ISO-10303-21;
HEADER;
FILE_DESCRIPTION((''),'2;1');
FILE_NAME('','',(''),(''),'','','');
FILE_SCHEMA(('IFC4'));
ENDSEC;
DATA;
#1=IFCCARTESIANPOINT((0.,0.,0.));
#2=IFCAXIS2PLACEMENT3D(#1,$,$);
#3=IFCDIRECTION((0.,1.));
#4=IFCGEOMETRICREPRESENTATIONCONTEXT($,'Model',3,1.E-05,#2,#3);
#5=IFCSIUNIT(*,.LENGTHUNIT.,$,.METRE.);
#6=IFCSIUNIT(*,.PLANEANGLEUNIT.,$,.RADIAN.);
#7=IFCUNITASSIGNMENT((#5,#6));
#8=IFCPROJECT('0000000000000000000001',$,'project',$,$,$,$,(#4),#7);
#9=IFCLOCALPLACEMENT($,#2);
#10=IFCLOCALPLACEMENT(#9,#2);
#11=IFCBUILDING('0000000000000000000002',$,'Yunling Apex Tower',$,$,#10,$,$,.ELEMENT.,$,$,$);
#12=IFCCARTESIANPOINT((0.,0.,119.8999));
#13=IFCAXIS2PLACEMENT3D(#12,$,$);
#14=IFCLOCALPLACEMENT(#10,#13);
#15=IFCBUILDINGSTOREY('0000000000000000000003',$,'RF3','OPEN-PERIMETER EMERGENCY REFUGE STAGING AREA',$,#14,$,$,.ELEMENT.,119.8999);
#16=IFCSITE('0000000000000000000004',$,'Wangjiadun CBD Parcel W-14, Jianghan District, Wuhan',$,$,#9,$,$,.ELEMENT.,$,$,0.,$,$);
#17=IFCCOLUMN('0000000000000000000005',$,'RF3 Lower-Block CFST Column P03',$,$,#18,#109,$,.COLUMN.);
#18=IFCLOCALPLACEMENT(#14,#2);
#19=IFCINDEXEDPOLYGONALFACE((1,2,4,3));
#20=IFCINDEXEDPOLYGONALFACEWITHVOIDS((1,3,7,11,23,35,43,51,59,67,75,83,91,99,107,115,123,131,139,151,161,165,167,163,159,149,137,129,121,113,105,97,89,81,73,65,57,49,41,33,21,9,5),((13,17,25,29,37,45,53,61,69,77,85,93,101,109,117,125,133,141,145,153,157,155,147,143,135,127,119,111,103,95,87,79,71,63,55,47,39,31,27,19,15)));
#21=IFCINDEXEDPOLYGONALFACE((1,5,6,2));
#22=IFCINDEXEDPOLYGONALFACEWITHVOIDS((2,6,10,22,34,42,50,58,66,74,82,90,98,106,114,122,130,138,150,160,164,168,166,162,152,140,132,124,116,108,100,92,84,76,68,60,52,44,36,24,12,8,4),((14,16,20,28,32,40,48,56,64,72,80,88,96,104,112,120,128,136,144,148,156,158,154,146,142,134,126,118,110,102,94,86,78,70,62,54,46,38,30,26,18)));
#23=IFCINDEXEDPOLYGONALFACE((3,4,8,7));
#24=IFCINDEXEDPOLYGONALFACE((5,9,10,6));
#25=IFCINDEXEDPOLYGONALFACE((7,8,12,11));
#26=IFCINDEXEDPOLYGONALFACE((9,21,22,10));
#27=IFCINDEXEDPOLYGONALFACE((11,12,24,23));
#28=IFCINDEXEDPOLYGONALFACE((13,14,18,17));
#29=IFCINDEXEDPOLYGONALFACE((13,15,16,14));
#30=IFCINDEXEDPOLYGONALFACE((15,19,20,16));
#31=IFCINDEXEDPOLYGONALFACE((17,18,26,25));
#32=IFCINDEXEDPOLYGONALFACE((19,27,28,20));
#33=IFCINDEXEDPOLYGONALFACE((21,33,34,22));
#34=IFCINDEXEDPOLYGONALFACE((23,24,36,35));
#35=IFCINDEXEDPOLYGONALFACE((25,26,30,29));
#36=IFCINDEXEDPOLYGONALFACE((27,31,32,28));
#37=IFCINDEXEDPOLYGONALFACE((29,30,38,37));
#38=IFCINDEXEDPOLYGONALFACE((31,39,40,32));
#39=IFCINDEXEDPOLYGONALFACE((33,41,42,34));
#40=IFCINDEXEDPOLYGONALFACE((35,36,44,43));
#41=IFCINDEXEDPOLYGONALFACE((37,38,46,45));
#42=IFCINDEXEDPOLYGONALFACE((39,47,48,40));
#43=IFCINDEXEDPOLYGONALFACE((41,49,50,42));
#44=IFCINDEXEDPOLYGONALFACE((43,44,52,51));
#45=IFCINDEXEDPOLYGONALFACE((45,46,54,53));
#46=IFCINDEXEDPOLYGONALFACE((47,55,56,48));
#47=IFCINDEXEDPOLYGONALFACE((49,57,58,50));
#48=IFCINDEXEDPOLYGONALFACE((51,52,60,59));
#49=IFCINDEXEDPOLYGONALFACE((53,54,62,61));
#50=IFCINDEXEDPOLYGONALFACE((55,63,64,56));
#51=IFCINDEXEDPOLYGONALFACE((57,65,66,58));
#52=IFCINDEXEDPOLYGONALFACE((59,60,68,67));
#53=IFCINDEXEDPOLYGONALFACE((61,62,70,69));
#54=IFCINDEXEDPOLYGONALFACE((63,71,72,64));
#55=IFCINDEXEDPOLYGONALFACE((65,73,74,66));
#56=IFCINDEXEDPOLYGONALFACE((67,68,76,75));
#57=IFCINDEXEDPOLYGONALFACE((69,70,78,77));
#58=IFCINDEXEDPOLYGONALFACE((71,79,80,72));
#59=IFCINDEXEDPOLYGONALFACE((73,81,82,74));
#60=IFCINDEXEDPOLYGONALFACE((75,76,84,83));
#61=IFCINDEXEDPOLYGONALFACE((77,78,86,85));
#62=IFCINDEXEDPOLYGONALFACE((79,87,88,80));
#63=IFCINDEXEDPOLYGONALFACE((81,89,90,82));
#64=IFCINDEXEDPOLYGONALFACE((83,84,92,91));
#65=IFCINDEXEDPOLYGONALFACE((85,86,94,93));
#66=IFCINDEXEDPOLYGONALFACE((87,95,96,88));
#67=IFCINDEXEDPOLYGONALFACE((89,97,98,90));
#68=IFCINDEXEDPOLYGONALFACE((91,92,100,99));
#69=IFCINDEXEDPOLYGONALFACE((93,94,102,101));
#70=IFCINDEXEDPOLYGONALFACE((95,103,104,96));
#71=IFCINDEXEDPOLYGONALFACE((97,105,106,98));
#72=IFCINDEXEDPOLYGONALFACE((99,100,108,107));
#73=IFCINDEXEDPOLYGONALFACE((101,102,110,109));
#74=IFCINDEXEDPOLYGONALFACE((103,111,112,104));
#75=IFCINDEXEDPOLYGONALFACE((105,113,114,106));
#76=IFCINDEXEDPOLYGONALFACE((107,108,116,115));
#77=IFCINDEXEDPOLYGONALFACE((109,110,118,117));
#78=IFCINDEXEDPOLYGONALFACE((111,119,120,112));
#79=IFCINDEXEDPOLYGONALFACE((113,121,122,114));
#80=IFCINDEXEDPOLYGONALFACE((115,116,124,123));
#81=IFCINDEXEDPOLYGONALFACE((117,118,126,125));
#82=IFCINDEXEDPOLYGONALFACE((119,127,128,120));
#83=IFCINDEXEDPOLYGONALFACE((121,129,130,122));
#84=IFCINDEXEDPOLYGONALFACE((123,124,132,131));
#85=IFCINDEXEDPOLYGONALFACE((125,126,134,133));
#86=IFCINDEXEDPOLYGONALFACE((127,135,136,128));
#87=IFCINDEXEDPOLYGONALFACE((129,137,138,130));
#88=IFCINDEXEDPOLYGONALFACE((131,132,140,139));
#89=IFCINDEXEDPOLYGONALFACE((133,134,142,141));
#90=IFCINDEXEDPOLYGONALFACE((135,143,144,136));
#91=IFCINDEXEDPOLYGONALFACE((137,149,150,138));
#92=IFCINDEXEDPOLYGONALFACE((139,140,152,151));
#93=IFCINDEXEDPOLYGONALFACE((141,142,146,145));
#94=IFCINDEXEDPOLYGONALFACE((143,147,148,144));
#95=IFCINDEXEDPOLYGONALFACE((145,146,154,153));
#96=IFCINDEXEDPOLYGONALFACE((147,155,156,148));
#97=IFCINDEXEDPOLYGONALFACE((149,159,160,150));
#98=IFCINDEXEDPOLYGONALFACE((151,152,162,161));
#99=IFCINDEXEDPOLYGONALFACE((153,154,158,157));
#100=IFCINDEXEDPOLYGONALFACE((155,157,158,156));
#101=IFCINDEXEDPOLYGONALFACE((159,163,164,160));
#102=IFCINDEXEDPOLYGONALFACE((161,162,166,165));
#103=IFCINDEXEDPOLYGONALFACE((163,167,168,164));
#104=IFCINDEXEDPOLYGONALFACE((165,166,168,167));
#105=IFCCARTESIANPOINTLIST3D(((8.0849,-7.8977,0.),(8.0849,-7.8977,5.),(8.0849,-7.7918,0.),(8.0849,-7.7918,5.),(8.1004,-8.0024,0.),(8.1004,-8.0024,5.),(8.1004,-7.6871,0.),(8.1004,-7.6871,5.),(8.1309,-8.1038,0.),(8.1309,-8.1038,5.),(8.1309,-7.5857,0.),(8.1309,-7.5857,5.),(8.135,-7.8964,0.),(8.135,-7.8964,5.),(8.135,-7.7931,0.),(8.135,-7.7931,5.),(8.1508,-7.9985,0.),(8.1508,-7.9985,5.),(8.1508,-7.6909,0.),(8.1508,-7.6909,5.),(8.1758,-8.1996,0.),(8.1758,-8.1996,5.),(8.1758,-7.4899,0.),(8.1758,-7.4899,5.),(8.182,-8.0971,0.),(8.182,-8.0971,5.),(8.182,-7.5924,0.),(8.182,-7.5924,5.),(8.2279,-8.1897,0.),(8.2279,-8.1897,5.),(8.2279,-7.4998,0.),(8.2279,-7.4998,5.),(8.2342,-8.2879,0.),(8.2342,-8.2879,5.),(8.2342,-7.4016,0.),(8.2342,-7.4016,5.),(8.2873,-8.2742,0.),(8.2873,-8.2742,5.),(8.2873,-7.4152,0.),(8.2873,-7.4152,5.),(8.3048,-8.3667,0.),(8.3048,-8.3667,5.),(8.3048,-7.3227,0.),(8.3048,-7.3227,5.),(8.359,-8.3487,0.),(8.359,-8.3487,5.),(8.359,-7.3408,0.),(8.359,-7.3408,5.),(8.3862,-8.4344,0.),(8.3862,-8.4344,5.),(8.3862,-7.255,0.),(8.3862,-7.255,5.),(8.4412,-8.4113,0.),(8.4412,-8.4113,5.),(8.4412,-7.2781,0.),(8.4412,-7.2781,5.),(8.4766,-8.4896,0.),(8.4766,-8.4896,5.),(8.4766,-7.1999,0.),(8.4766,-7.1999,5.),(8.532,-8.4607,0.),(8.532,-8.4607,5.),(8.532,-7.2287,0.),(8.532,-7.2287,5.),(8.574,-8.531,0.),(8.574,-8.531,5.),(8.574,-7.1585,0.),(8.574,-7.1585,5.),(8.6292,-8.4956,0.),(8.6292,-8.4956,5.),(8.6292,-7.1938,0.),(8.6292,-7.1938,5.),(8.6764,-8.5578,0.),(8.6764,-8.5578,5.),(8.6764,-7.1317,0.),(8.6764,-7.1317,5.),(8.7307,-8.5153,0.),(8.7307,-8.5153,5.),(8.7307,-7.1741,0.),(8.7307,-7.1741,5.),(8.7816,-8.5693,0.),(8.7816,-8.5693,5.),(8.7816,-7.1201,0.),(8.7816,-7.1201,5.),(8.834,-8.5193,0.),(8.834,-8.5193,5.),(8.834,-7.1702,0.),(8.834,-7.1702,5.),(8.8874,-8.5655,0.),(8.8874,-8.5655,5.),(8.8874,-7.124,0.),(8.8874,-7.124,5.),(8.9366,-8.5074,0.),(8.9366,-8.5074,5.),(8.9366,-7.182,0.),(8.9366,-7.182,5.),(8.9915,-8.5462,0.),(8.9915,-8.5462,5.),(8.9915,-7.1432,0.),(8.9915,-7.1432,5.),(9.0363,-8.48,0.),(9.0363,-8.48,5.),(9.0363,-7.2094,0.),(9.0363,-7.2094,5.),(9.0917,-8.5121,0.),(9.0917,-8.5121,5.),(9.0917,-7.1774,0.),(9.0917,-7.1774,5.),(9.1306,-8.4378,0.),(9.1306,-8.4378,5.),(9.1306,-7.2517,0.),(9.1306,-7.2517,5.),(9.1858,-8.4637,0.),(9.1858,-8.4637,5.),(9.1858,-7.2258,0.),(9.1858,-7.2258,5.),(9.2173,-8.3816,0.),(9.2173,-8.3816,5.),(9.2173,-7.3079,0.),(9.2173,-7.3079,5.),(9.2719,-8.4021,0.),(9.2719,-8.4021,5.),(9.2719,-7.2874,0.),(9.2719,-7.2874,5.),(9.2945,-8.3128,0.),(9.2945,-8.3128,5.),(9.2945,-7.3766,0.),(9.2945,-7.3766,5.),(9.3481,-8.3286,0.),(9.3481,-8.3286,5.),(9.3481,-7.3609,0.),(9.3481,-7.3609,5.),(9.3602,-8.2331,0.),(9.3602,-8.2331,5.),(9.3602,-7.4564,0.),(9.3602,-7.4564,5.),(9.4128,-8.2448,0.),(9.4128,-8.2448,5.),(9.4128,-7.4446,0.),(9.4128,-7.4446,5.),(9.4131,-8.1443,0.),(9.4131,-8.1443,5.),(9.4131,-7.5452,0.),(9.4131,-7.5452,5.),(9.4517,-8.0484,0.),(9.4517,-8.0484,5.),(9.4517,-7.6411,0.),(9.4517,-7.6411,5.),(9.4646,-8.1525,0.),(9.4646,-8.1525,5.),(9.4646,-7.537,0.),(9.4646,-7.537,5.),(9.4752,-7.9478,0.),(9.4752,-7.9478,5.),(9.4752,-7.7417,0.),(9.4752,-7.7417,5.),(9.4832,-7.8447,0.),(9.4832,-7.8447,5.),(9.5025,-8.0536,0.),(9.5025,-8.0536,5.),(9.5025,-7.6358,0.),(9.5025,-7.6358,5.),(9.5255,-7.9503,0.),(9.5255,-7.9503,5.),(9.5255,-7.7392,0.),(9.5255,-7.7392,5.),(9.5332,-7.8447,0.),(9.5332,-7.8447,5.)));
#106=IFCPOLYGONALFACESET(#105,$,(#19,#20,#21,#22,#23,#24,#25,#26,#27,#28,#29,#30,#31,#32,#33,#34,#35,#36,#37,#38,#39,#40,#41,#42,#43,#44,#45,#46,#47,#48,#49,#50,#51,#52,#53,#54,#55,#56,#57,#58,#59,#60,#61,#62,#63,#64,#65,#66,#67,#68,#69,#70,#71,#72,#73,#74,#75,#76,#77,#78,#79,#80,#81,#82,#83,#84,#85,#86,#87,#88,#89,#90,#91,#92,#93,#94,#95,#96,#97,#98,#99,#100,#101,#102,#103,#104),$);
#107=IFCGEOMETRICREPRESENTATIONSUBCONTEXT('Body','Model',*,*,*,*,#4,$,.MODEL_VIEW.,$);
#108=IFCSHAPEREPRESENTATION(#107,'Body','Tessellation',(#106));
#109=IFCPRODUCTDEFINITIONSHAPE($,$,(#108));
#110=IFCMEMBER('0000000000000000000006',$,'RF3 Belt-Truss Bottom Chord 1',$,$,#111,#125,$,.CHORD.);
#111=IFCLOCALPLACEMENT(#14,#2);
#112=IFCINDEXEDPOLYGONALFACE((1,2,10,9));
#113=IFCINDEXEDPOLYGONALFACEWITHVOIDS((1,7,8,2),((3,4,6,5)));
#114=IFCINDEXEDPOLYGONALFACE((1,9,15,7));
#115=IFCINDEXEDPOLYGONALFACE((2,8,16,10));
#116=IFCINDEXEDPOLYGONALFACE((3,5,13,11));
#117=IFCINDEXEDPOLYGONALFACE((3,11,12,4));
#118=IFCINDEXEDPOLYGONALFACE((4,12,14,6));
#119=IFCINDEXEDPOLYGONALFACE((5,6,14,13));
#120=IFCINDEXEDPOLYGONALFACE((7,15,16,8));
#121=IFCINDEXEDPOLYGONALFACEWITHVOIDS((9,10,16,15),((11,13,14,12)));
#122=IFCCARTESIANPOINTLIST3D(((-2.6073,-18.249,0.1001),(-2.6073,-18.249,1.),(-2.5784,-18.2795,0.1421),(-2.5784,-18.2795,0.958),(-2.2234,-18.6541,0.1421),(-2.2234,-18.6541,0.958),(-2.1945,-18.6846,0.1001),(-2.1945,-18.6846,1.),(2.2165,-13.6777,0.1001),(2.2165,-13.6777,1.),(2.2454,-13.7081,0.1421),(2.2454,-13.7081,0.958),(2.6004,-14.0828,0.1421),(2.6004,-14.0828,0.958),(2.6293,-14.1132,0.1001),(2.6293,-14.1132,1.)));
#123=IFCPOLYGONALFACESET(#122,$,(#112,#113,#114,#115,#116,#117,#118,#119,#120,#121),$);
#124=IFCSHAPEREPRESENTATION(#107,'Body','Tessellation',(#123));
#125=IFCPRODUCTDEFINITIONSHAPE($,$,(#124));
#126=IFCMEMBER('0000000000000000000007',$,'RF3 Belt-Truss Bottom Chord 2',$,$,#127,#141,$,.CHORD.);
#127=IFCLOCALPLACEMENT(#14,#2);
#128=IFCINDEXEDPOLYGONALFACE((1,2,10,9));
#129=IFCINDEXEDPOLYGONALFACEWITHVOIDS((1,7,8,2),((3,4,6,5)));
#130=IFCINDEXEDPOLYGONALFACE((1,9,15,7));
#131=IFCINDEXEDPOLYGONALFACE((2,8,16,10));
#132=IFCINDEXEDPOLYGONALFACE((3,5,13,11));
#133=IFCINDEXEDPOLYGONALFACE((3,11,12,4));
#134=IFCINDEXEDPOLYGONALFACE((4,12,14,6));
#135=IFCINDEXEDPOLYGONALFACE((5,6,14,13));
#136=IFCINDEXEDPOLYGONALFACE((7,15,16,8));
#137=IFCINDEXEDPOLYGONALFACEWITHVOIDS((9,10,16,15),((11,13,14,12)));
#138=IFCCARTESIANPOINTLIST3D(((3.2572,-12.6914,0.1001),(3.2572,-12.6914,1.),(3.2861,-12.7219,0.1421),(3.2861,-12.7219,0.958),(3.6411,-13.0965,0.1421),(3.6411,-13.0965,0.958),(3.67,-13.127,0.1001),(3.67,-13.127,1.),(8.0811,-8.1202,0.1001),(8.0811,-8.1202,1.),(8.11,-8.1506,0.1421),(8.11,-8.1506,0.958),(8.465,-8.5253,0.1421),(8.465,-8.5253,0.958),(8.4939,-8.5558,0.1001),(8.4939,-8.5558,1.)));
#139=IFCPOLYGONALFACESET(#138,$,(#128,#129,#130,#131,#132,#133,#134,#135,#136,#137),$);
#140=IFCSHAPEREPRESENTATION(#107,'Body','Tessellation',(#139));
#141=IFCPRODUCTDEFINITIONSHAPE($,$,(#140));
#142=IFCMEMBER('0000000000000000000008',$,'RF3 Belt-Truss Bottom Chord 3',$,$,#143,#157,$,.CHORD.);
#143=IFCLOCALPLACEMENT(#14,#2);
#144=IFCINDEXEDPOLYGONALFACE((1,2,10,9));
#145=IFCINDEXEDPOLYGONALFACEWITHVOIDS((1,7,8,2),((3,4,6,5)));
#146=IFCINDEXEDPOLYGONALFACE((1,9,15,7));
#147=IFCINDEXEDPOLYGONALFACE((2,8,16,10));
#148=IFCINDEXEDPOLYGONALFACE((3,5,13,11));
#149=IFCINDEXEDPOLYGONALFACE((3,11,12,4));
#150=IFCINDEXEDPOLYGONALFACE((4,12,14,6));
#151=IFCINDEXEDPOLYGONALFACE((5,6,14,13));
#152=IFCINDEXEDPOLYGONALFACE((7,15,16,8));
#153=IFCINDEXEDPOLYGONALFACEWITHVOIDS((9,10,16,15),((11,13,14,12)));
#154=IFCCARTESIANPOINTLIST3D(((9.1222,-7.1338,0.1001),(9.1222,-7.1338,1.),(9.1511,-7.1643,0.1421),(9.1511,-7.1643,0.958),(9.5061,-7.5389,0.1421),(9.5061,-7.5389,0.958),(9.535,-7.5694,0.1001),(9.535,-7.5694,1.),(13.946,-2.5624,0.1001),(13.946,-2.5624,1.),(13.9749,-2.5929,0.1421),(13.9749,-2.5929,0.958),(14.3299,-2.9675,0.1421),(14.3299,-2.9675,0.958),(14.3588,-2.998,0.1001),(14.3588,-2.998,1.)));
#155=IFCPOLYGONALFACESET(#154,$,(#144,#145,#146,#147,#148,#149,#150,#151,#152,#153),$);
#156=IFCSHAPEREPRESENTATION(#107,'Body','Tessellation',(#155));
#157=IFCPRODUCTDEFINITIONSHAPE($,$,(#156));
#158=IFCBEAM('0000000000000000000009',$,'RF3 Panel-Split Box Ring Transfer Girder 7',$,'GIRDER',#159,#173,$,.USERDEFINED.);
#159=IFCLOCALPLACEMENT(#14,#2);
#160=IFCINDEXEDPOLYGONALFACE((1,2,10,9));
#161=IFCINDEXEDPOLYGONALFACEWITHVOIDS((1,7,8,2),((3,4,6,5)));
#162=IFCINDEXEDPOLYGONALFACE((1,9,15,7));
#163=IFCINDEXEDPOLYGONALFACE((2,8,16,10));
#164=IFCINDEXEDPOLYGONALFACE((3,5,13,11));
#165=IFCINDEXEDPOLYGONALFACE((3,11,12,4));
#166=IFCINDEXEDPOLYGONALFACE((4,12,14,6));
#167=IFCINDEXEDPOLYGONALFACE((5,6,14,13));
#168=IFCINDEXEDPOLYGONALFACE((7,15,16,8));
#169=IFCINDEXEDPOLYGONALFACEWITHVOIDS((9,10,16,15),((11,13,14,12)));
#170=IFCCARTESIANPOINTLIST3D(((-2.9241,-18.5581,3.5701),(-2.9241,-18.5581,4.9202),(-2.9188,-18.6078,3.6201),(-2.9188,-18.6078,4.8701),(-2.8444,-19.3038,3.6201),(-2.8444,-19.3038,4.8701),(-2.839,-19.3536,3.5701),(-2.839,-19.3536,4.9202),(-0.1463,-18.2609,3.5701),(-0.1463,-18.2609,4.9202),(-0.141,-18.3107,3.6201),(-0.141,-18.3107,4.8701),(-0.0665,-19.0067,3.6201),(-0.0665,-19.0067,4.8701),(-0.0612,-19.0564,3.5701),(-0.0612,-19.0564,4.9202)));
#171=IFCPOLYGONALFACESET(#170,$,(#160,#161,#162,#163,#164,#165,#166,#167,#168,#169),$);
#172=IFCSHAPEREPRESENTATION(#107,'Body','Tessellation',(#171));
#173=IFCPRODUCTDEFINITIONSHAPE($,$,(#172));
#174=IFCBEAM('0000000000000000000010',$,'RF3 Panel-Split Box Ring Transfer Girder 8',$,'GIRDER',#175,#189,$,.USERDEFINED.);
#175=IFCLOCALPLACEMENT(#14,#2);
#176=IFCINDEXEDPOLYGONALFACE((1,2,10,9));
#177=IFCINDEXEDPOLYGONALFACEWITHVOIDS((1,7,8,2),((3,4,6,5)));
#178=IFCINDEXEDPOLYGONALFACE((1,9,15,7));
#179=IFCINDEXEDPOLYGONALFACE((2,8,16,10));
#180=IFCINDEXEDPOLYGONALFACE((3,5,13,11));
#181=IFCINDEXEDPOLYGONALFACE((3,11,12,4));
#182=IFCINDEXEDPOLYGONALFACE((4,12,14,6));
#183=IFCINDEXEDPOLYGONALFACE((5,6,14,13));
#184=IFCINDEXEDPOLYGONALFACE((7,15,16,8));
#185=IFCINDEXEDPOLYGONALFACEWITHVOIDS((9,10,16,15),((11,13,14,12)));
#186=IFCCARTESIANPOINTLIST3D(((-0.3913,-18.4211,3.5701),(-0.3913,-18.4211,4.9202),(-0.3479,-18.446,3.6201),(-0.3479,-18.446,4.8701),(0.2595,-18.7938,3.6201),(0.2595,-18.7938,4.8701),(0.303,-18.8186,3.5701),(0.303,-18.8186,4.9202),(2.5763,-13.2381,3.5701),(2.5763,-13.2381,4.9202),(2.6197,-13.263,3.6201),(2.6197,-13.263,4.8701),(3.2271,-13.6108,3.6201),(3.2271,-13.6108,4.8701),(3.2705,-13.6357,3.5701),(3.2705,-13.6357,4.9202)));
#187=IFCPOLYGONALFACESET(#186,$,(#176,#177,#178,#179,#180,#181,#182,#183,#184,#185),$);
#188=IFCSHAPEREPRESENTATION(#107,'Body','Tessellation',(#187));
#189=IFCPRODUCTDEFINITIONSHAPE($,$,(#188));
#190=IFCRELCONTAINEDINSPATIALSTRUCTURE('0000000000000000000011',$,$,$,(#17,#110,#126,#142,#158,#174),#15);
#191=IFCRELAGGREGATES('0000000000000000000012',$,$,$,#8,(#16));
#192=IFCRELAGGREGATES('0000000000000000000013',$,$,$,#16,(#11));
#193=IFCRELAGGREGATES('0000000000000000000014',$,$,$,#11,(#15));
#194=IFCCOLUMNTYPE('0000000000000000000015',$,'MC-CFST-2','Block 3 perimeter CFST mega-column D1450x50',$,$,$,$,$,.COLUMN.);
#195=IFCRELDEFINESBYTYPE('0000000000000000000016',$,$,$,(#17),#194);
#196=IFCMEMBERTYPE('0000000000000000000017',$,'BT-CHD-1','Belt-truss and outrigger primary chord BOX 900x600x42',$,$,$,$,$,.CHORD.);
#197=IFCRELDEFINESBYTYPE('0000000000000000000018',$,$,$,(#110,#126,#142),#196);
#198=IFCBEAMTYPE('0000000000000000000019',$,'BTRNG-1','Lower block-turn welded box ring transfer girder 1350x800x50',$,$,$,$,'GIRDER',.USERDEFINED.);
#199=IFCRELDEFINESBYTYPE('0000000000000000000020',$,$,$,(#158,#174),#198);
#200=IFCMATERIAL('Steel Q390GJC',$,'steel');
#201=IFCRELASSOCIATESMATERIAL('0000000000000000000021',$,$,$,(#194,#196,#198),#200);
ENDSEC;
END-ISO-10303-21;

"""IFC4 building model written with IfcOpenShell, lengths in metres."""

from ifc_helpers import new_model, si_unit, direction, frame, origin, origin_2d, place, context, subcontext, project, spatial, hollow_rectangle, hollow_circle, extrude, source, transform, mapped, material, material_profile, profile_set, type_object, element, save


model = new_model("IFC4")

# Units and contexts
model_context = context("Model", 3, precision=1e-05, world=origin(), true_north=direction((0.0, 1.0)))
body_context = subcontext(model_context, "Body", "Model", "MODEL_VIEW")
ifc_project = project(units=[si_unit("LENGTHUNIT", "METRE"), si_unit("PLANEANGLEUNIT", "RADIAN")], contexts=[model_context])

# Site, building, storey
site_placement = place(None, origin())
site = spatial("IfcSite", under=ifc_project, at=site_placement, Name="Wangjiadun CBD Parcel W-14, Jianghan District, Wuhan", CompositionType="ELEMENT", RefElevation=0.0)
building_placement = place(site_placement, origin())
building = spatial("IfcBuilding", under=site, at=building_placement, Name="Yunling Apex Tower", CompositionType="ELEMENT")
storey_placement = place(building_placement, frame((0.0, 0.0, 119.8999)))
storey = spatial("IfcBuildingStorey", under=building, at=storey_placement, Name="RF3", Description="OPEN-PERIMETER EMERGENCY REFUGE STAGING AREA", CompositionType="ELEMENT", Elevation=119.8999)

# Column
ifc_material_1 = material(Name="Steel Q390GJC", Category="steel")
ifc_material_profile_1 = material_profile(ifc_material_1, hollow_circle(Radius=0.7251, WallThickness=0.05, at=origin_2d()))
ifc_profile_set_1 = profile_set([ifc_material_profile_1], Name="Steel Q390GJC")
column_type = type_object("IfcColumnType", Name="MC-CFST-2", Description="Block 3 perimeter CFST mega-column D1450x50", PredefinedType="COLUMN", material=ifc_profile_set_1)
shared_shape_1 = source(origin(), body_context, "Body", "SweptSolid", [
    extrude(hollow_circle(Radius=0.7251, WallThickness=0.05, at=origin_2d()), origin(), (0.0, 0.0, 1.0), 5.0),
])
for number, where, z_axis, x_axis, name in (
    (1, (8.8081, -7.8447, 0.0), (0.0, 0.0, 1.0), (1.0, 0.0, 0.0), "RF3 Lower-Block CFST Column P03"),
):
    element("IfcColumn", number, at=place(storey_placement, frame(where, z_axis=z_axis, x_axis=x_axis)), inside=storey, type_object=column_type, Name=name, PredefinedType="COLUMN", context=body_context, shape_type="MappedRepresentation", body=[
        mapped(shared_shape_1, transform((0.0, 0.0, 0.0), scale=1.0)),
    ])

# Members
ifc_material_profile_2 = material_profile(ifc_material_1, hollow_rectangle(XDim=0.6001, YDim=0.8999, WallThickness=0.042, at=origin_2d()))
ifc_profile_set_2 = profile_set([ifc_material_profile_2], Name="Steel Q390GJC")
member_type_1 = type_object("IfcMemberType", Name="BT-CHD-1", Description="Belt-truss and outrigger primary chord BOX 900x600x42", PredefinedType="CHORD", material=ifc_profile_set_2)
shared_shape_2 = source(origin(), body_context, "Body", "SweptSolid", [
    extrude(hollow_rectangle(XDim=0.6001, YDim=0.8999, WallThickness=0.042, at=origin_2d()), origin(), (0.0, 0.0, 1.0), 6.6458),
])
for number, where, z_axis, x_axis, name in (
    (2, (-2.4009, -18.4668, 0.55), (0.725845, 0.687859, 0.0), (-0.687859, 0.725845, 0.0), "RF3 Belt-Truss Bottom Chord 1"),
    (3, (3.4636, -12.9092, 0.55), (0.725862, 0.68784, 0.0), (-0.68784, 0.725862, 0.0), "RF3 Belt-Truss Bottom Chord 2"),
    (4, (9.3286, -7.3516, 0.55), (0.725845, 0.687859, 0.0), (-0.687859, 0.725845, 0.0), "RF3 Belt-Truss Bottom Chord 3"),
):
    element("IfcMember", number, at=place(storey_placement, frame(where, z_axis=z_axis, x_axis=x_axis)), inside=storey, type_object=member_type_1, Name=name, PredefinedType="CHORD", context=body_context, shape_type="MappedRepresentation", body=[
        mapped(shared_shape_2, transform((0.0, 0.0, 0.0), scale=1.0)),
    ])

# Beams
ifc_material_profile_3 = material_profile(ifc_material_1, hollow_rectangle(XDim=0.8, YDim=1.3501, WallThickness=0.05, at=origin_2d()))
ifc_profile_set_3 = profile_set([ifc_material_profile_3], Name="Steel Q390GJC")
beam_type = type_object("IfcBeamType", Name="BTRNG-1", Description="Lower block-turn welded box ring transfer girder 1350x800x50", ElementType="GIRDER", PredefinedType="USERDEFINED", material=ifc_profile_set_3)
shared_shape_3 = source(origin(), body_context, "Body", "SweptSolid", [
    extrude(hollow_rectangle(XDim=0.8, YDim=1.3501, WallThickness=0.05, at=origin_2d()), origin(), (0.0, 0.0, 1.0), 2.7937),
])
beam_1_placement = place(storey_placement, frame((-2.8816, -18.9558, 4.2451), z_axis=(0.994328, 0.106354, 0.0), x_axis=(-0.106354, 0.994328, 0.0)))
element("IfcBeam", 5, at=beam_1_placement, inside=storey, type_object=beam_type, Name="RF3 Panel-Split Box Ring Transfer Girder 7", ObjectType="GIRDER", PredefinedType="USERDEFINED", context=body_context, shape_type="MappedRepresentation", body=[
    mapped(shared_shape_3, transform((0.0, 0.0, 0.0), scale=1.0)),
])
shared_shape_4 = source(origin(), body_context, "Body", "SweptSolid", [
    extrude(hollow_rectangle(XDim=0.8, YDim=1.3501, WallThickness=0.05, at=origin_2d()), origin(), (0.0, 0.0, 1.0), 5.9724),
])
beam_2_placement = place(storey_placement, frame((-0.0442, -18.6199, 4.2451), z_axis=(0.496883, 0.867818, 0.0), x_axis=(-0.867818, 0.496883, 0.0)))
element("IfcBeam", 6, at=beam_2_placement, inside=storey, type_object=beam_type, Name="RF3 Panel-Split Box Ring Transfer Girder 8", ObjectType="GIRDER", PredefinedType="USERDEFINED", context=body_context, shape_type="MappedRepresentation", body=[
    mapped(shared_shape_4, transform((0.0, 0.0, 0.0), scale=1.0)),
])

save(model, "model.ifc")
